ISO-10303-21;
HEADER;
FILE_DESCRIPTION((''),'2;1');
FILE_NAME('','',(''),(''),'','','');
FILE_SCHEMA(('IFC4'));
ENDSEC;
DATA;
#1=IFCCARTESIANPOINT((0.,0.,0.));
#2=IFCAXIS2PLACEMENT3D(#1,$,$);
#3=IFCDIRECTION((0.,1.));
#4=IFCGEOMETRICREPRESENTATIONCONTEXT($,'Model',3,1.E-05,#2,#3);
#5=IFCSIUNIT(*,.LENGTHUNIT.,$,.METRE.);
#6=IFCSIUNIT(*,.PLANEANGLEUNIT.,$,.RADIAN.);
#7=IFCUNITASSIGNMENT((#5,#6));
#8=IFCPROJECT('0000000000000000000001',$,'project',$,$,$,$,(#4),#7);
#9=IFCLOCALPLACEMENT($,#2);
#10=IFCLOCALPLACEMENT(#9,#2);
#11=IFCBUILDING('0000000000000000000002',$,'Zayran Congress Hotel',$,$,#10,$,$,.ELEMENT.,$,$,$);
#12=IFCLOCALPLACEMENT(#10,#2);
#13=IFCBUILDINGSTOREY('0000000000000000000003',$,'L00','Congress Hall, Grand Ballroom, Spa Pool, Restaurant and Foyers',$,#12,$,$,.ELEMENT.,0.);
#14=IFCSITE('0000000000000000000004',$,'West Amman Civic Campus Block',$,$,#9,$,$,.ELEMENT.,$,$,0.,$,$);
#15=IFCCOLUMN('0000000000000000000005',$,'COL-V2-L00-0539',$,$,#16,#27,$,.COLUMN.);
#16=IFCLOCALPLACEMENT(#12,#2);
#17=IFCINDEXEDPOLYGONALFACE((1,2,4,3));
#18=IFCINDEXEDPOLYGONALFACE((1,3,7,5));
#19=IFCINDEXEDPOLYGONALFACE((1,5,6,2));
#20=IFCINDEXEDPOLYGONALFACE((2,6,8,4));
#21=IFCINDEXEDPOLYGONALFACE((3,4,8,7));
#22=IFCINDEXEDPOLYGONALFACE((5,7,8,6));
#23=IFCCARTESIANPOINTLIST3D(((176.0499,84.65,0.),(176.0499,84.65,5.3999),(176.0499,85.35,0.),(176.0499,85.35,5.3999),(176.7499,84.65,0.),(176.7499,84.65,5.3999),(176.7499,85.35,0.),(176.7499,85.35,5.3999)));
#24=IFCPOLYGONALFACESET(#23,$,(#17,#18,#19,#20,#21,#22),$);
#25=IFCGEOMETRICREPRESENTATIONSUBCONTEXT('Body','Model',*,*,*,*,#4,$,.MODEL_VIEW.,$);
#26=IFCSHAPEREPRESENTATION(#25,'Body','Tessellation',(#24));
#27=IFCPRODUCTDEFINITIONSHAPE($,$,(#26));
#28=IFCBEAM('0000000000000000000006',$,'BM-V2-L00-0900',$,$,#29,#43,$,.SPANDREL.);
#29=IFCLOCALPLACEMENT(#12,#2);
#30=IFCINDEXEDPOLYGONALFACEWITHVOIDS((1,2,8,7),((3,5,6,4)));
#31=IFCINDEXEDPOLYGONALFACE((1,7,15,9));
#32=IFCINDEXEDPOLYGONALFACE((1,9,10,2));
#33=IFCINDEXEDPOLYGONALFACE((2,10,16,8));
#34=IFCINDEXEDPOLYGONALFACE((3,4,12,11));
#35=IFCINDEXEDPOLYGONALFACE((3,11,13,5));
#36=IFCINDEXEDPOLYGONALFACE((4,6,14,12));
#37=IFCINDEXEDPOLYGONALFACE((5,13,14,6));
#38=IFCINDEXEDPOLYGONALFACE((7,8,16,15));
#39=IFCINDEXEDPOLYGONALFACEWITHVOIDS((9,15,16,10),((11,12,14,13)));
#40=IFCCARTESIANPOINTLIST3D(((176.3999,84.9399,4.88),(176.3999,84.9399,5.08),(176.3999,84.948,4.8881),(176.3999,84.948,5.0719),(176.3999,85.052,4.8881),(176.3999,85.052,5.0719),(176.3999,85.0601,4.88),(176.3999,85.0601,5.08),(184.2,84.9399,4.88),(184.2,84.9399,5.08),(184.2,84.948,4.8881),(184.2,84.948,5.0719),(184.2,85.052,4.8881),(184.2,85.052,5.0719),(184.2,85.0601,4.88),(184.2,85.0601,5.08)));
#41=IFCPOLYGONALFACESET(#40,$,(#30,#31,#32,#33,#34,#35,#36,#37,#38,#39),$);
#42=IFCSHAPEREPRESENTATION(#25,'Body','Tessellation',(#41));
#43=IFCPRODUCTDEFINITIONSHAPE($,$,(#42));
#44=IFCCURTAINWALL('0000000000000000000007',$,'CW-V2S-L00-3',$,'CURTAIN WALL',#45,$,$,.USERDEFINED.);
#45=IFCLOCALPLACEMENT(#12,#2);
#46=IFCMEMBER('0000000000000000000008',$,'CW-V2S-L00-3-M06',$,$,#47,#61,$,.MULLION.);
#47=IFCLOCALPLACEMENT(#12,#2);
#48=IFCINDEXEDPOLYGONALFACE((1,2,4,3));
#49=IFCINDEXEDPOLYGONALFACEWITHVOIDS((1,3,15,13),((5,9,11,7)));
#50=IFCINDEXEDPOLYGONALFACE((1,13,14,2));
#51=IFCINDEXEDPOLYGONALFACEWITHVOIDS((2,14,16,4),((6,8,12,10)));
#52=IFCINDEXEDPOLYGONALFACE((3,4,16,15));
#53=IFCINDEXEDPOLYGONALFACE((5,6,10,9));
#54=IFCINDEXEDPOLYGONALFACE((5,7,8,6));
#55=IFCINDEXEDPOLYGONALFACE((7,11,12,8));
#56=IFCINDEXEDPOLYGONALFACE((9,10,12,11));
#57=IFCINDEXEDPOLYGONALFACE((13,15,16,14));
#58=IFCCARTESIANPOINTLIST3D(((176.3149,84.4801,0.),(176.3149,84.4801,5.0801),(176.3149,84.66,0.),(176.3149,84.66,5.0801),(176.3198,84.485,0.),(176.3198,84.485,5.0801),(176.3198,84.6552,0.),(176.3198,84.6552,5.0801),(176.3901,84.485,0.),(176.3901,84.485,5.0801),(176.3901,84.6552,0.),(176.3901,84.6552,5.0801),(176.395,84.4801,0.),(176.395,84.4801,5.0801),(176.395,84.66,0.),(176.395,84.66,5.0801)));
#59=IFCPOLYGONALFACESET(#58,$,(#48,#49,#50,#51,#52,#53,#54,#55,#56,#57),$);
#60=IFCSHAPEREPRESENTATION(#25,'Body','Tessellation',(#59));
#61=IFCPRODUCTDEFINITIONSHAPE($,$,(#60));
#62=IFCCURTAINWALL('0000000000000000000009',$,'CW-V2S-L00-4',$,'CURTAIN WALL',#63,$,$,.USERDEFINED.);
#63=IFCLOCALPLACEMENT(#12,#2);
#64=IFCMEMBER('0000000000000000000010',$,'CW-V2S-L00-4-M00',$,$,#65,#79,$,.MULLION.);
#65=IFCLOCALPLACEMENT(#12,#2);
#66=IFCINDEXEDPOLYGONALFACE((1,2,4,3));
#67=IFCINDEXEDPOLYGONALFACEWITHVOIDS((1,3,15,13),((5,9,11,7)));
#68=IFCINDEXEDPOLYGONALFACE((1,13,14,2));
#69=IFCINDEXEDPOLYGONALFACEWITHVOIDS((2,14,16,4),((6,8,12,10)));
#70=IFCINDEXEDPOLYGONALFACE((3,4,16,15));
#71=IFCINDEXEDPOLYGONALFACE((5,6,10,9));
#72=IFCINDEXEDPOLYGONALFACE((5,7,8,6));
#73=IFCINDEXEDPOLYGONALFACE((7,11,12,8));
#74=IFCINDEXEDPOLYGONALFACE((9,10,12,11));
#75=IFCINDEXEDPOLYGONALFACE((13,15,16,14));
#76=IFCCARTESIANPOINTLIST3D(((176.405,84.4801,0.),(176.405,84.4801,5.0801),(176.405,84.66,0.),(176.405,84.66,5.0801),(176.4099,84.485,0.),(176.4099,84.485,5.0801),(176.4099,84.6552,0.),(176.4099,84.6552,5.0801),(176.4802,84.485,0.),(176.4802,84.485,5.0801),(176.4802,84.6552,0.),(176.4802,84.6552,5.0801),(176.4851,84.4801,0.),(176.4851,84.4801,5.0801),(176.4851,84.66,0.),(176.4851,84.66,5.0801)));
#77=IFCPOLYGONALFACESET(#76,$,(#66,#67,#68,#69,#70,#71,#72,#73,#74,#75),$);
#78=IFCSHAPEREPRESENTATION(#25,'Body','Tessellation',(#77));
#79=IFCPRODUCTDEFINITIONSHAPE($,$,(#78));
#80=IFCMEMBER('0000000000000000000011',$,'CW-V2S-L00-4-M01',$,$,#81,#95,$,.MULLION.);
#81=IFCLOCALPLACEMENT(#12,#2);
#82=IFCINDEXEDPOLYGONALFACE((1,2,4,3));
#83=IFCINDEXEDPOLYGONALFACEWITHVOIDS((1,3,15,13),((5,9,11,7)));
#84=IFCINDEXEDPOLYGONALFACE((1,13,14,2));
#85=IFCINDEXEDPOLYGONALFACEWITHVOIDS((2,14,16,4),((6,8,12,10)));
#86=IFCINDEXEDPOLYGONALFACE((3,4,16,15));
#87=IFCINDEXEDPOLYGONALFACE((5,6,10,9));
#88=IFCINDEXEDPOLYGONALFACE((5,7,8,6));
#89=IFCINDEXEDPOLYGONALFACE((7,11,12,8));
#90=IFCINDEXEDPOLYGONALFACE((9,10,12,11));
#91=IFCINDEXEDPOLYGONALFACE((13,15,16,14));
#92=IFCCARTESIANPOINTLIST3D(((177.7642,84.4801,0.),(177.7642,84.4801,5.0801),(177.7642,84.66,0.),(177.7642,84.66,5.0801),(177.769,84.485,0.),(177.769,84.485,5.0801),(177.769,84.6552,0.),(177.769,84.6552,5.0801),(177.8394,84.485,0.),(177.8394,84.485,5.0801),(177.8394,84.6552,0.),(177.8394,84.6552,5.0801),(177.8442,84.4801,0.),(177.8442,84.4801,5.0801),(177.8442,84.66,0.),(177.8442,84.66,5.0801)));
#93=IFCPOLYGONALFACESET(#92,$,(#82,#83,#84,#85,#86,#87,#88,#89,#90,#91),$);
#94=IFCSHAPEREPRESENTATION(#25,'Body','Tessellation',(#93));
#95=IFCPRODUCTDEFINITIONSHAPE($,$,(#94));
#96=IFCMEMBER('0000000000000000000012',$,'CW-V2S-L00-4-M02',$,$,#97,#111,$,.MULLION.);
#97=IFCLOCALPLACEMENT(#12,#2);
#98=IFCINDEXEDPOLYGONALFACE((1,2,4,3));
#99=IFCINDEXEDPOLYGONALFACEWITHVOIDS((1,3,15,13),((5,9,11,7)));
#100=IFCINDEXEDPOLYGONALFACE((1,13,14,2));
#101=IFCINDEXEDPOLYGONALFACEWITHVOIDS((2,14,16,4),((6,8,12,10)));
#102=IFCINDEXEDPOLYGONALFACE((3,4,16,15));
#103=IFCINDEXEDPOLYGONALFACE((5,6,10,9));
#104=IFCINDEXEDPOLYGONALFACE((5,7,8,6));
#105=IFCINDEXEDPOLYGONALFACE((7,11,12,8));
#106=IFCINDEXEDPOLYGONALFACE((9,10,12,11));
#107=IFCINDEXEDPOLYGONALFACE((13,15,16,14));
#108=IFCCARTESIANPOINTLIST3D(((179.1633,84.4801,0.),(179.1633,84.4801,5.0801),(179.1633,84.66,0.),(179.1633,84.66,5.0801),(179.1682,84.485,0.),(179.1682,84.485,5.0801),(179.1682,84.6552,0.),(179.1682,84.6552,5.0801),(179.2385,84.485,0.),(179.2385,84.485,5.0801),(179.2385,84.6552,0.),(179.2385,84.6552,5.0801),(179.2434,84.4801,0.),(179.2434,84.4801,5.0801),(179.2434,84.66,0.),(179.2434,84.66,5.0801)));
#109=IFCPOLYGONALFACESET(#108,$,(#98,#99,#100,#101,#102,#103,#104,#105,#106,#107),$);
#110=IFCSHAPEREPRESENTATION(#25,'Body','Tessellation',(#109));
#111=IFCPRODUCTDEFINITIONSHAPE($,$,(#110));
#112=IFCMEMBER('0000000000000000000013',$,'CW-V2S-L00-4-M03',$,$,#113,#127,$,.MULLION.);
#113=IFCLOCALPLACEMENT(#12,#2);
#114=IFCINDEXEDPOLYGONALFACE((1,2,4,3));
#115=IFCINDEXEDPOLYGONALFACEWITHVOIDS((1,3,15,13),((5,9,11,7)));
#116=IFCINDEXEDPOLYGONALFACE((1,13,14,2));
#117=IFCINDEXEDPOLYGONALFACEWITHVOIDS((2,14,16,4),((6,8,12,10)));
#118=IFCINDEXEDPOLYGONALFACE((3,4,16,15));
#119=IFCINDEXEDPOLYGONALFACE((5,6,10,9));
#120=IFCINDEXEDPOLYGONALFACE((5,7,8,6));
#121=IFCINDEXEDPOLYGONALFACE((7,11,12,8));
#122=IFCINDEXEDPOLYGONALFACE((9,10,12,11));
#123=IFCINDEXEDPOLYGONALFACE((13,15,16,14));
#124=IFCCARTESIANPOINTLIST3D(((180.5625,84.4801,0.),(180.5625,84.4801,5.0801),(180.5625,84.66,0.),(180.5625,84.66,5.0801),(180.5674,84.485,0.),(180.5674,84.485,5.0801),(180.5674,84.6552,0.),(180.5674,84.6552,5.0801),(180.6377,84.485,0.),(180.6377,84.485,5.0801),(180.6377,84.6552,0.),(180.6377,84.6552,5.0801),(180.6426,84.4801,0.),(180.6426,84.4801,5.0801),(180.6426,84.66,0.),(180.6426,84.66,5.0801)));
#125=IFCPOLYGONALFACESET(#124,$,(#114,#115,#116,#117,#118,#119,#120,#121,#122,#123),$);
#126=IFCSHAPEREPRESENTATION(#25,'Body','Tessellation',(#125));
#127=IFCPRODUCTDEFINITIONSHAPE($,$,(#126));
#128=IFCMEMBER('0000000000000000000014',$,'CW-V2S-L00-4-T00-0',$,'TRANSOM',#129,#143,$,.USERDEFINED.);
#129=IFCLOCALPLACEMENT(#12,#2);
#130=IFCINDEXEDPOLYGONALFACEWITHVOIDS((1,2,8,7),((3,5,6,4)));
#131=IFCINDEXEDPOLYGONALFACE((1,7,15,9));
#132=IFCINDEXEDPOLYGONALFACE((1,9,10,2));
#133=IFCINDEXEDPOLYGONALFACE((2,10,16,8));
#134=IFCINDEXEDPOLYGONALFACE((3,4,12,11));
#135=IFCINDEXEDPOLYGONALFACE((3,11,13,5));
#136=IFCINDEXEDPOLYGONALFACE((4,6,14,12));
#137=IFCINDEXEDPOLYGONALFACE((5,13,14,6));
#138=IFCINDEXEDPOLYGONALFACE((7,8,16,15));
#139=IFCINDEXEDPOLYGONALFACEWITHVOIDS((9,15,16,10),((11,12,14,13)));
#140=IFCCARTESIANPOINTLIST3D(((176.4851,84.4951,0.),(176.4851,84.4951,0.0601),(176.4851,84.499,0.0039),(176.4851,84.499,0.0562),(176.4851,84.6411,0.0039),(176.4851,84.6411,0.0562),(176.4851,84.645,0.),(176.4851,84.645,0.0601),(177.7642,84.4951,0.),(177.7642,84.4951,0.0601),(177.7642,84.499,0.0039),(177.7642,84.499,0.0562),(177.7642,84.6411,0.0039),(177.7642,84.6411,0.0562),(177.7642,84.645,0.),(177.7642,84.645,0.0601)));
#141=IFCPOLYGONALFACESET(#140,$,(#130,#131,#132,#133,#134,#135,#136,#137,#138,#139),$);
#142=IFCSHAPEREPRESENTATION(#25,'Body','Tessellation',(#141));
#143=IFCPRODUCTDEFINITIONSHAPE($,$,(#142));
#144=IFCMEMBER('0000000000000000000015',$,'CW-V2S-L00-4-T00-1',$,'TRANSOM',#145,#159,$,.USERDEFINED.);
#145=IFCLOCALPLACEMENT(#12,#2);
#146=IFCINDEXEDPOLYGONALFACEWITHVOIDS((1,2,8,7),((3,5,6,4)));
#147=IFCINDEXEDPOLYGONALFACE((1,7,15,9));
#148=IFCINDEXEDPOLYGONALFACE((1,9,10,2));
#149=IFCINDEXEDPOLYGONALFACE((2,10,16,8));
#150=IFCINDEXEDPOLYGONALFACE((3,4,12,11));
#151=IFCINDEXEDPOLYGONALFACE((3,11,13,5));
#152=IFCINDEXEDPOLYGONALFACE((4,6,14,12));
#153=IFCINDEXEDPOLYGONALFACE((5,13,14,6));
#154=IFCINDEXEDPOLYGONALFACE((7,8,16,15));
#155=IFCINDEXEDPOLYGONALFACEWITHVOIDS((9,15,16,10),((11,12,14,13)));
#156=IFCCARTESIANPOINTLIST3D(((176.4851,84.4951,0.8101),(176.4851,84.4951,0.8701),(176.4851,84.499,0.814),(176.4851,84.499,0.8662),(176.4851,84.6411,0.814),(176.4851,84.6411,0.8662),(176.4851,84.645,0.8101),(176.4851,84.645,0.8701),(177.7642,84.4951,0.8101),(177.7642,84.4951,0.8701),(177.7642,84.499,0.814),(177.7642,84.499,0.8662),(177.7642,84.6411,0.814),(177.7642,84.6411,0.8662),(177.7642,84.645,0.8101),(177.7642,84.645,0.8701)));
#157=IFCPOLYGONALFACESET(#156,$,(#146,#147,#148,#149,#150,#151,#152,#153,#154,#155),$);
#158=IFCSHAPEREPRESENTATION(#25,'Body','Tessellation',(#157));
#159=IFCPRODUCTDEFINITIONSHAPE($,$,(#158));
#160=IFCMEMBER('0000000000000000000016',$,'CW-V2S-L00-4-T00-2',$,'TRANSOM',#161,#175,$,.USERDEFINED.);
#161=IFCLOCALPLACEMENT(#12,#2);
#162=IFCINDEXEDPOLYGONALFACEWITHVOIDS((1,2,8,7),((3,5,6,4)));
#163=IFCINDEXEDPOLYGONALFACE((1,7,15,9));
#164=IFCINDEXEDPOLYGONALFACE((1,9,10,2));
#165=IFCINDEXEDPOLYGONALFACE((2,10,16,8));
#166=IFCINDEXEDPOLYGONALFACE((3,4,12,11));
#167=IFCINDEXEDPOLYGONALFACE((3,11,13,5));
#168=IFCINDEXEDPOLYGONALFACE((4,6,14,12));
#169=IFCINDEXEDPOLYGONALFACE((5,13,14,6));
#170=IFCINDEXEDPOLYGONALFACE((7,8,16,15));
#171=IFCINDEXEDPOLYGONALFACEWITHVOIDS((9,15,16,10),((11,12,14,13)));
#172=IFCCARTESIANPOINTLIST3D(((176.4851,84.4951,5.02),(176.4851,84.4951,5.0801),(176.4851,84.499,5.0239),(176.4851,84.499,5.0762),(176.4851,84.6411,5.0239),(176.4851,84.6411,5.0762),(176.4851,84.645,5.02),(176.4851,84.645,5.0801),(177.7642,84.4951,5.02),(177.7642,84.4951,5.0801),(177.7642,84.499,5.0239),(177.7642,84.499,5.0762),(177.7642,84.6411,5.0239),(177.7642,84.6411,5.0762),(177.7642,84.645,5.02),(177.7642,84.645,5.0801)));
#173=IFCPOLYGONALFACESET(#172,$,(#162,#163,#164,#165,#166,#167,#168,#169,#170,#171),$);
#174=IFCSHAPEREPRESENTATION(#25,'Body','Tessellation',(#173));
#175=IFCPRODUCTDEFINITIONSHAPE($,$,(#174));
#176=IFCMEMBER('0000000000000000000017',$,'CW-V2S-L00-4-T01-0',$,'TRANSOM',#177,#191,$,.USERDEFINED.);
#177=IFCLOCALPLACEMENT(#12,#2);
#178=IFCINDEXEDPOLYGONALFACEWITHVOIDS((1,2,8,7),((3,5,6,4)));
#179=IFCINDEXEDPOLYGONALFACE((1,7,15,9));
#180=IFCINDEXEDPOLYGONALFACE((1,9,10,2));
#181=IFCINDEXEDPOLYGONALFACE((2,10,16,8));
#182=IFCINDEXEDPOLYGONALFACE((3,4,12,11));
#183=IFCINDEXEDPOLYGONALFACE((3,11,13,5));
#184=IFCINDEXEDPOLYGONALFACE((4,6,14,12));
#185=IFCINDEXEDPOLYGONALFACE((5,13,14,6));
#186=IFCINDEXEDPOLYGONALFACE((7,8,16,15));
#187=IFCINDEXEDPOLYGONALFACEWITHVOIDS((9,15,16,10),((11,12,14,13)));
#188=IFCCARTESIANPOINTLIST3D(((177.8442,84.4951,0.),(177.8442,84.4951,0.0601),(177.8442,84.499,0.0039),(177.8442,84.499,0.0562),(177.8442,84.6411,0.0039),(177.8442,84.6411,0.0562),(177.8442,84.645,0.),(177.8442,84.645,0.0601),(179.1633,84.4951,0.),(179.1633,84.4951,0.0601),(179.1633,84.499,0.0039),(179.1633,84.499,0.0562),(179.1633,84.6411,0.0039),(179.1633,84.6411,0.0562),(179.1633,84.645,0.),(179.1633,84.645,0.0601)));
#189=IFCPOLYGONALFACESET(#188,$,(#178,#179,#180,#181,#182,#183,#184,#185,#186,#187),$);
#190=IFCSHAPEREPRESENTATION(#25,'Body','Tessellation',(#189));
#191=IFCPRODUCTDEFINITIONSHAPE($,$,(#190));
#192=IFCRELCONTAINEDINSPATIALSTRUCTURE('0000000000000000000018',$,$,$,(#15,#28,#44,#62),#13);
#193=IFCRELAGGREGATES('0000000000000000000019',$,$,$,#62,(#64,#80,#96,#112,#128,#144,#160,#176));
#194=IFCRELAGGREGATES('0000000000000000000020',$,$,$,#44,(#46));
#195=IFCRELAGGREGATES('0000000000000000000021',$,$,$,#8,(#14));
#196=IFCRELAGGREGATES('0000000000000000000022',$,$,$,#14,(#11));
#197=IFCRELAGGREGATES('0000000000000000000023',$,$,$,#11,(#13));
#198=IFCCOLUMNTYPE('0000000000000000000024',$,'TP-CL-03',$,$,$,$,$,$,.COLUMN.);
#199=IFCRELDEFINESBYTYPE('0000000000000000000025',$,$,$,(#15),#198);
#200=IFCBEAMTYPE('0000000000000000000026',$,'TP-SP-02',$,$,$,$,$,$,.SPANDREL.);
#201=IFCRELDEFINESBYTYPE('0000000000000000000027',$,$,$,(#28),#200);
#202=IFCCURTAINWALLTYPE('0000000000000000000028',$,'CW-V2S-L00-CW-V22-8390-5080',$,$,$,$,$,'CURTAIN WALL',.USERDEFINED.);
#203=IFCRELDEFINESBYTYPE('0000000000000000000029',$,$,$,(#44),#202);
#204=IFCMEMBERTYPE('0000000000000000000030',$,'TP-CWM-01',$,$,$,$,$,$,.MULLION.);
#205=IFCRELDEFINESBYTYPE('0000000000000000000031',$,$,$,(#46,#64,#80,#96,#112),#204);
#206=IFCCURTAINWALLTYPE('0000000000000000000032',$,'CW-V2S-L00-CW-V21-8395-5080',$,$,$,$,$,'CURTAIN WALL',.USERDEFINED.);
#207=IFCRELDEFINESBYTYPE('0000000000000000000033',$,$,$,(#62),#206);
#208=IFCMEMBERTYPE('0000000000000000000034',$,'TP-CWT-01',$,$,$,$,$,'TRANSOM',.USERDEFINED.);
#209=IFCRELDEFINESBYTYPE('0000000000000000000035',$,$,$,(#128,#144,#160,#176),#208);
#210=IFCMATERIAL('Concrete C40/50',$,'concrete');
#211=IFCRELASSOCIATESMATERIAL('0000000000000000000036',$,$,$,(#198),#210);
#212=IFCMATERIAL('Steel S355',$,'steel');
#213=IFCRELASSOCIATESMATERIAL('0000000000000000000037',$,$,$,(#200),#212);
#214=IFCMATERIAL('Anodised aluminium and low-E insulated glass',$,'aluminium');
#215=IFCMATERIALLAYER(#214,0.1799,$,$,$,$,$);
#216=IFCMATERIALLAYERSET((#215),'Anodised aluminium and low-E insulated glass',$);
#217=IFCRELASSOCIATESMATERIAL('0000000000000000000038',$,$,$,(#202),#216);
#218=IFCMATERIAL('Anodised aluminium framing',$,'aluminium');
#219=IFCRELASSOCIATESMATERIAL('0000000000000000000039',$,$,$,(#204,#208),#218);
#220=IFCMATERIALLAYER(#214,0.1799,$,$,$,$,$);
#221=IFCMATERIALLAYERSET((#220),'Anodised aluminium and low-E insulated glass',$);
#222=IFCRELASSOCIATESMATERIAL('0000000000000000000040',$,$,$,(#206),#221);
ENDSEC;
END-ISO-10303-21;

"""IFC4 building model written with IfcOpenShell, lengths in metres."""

from ifc_helpers import new_model, si_unit, direction, frame, origin, origin_2d, place, context, subcontext, project, spatial, rectangle, hollow_rectangle, extrude, material, layer, layer_set, material_profile, profile_set, type_object, element, aggregate, save


model = new_model("IFC4")

# Units and contexts
model_context = context("Model", 3, precision=1e-05, world=origin(), true_north=direction((0.0, 1.0)))
body_context = subcontext(model_context, "Body", "Model", "MODEL_VIEW")
ifc_project = project(units=[si_unit("LENGTHUNIT", "METRE"), si_unit("PLANEANGLEUNIT", "RADIAN")], contexts=[model_context])

# Site, building, storey
site_placement = place(None, origin())
site = spatial("IfcSite", under=ifc_project, at=site_placement, Name="West Amman Civic Campus Block", CompositionType="ELEMENT", RefElevation=0.0)
building_placement = place(site_placement, origin())
building = spatial("IfcBuilding", under=site, at=building_placement, Name="Zayran Congress Hotel", CompositionType="ELEMENT")
storey_placement = place(building_placement, origin())
storey = spatial("IfcBuildingStorey", under=building, at=storey_placement, Name="L00", Description="Congress Hall, Grand Ballroom, Spa Pool, Restaurant and Foyers", CompositionType="ELEMENT", Elevation=0.0)

# Column
ifc_material_1 = material(Name="Concrete C40/50", Category="concrete")
ifc_material_profile_1 = material_profile(ifc_material_1, rectangle(XDim=0.7, YDim=0.7, at=origin_2d()), Name="RC 700x700")
ifc_profile_set_1 = profile_set([ifc_material_profile_1], Name="Concrete C40/50")
column_type = type_object("IfcColumnType", Name="TP-CL-03", PredefinedType="COLUMN", material=ifc_profile_set_1)
column_placement = place(storey_placement, frame((176.3999, 85.0, 0.0), z_axis=(0.0, 0.0, 1.0), x_axis=(1.0, 0.0, 0.0)))
element("IfcColumn", 1, at=column_placement, inside=storey, type_object=column_type, Name="COL-V2-L00-0539", PredefinedType="COLUMN", context=body_context, shape_type="SweptSolid", body=[
    extrude(rectangle(XDim=0.7, YDim=0.7, at=origin_2d()), origin(), (0.0, 0.0, 1.0), 5.3999),
])

# Beam
ifc_material_2 = material(Name="Steel S355", Category="steel")
ifc_material_profile_2 = material_profile(ifc_material_2, hollow_rectangle(XDim=0.1201, YDim=0.2, WallThickness=0.0081, at=origin_2d()), Name="RHS 200x120x8")
ifc_profile_set_2 = profile_set([ifc_material_profile_2], Name="Steel S355")
beam_type = type_object("IfcBeamType", Name="TP-SP-02", PredefinedType="SPANDREL", material=ifc_profile_set_2)
beam_placement = place(storey_placement, frame((176.3999, 85.0, 4.98), z_axis=(1.0, 0.0, 0.0), x_axis=(0.0, 1.0, 0.0)))
element("IfcBeam", 2, at=beam_placement, inside=storey, type_object=beam_type, Name="BM-V2-L00-0900", PredefinedType="SPANDREL", context=body_context, shape_type="SweptSolid", body=[
    extrude(hollow_rectangle(XDim=0.1201, YDim=0.2, WallThickness=0.0081, at=origin_2d()), origin(), (0.0, 0.0, 1.0), 7.8),
])

# Curtain wall, member
ifc_material_3 = material(Name="Anodised aluminium and low-E insulated glass", Category="aluminium")
ifc_layer_1 = layer(ifc_material_3, 0.1799)
ifc_layer_set_1 = layer_set([ifc_layer_1], Name="Anodised aluminium and low-E insulated glass")
curtain_wall_type_1 = type_object("IfcCurtainWallType", Name="CW-V2S-L00-CW-V22-8390-5080", ElementType="CURTAIN WALL", PredefinedType="USERDEFINED", material=ifc_layer_set_1)
curtain_wall_1_placement = place(storey_placement, origin())
curtain_wall_1 = element("IfcCurtainWall", 3, at=curtain_wall_1_placement, inside=storey, type_object=curtain_wall_type_1, Name="CW-V2S-L00-3", ObjectType="CURTAIN WALL", PredefinedType="USERDEFINED")
ifc_material_4 = material(Name="Anodised aluminium framing", Category="aluminium")
ifc_material_profile_3 = material_profile(ifc_material_4, hollow_rectangle(XDim=0.0801, YDim=0.1799, WallThickness=0.0049, at=origin_2d()), Name="RHS 180x80x5")
ifc_profile_set_3 = profile_set([ifc_material_profile_3], Name="Anodised aluminium framing")
member_type_1 = type_object("IfcMemberType", Name="TP-CWM-01", PredefinedType="MULLION", material=ifc_profile_set_3)
member_1_placement = place(storey_placement, frame((176.355, 84.5701, 0.0), z_axis=(0.0, 0.0, 1.0), x_axis=(1.0, 0.0, 0.0)))
member_1 = element("IfcMember", 4, at=member_1_placement, type_object=member_type_1, Name="CW-V2S-L00-3-M06", PredefinedType="MULLION", context=body_context, shape_type="SweptSolid", body=[
    extrude(hollow_rectangle(XDim=0.0801, YDim=0.1799, WallThickness=0.0049, at=origin_2d()), origin(), (0.0, 0.0, 1.0), 5.0801),
])

# Curtain wall, members
ifc_layer_2 = layer(ifc_material_3, 0.1799)
ifc_layer_set_2 = layer_set([ifc_layer_2], Name="Anodised aluminium and low-E insulated glass")
curtain_wall_type_2 = type_object("IfcCurtainWallType", Name="CW-V2S-L00-CW-V21-8395-5080", ElementType="CURTAIN WALL", PredefinedType="USERDEFINED", material=ifc_layer_set_2)
curtain_wall_2_placement = place(storey_placement, origin())
curtain_wall_2 = element("IfcCurtainWall", 5, at=curtain_wall_2_placement, inside=storey, type_object=curtain_wall_type_2, Name="CW-V2S-L00-4", ObjectType="CURTAIN WALL", PredefinedType="USERDEFINED")
member_2_placement = place(storey_placement, frame((176.4451, 84.5701, 0.0), z_axis=(0.0, 0.0, 1.0), x_axis=(1.0, 0.0, 0.0)))
member_2 = element("IfcMember", 6, at=member_2_placement, type_object=member_type_1, Name="CW-V2S-L00-4-M00", PredefinedType="MULLION", context=body_context, shape_type="SweptSolid", body=[
    extrude(hollow_rectangle(XDim=0.0801, YDim=0.1799, WallThickness=0.0049, at=origin_2d()), origin(), (0.0, 0.0, 1.0), 5.0801),
])
member_3_placement = place(storey_placement, frame((177.8042, 84.5701, 0.0), z_axis=(0.0, 0.0, 1.0), x_axis=(1.0, 0.0, 0.0)))
member_3 = element("IfcMember", 7, at=member_3_placement, type_object=member_type_1, Name="CW-V2S-L00-4-M01", PredefinedType="MULLION", context=body_context, shape_type="SweptSolid", body=[
    extrude(hollow_rectangle(XDim=0.0801, YDim=0.1799, WallThickness=0.0049, at=origin_2d()), origin(), (0.0, 0.0, 1.0), 5.0801),
])
member_4_placement = place(storey_placement, frame((179.2034, 84.5701, 0.0), z_axis=(0.0, 0.0, 1.0), x_axis=(1.0, 0.0, 0.0)))
member_4 = element("IfcMember", 8, at=member_4_placement, type_object=member_type_1, Name="CW-V2S-L00-4-M02", PredefinedType="MULLION", context=body_context, shape_type="SweptSolid", body=[
    extrude(hollow_rectangle(XDim=0.0801, YDim=0.1799, WallThickness=0.0049, at=origin_2d()), origin(), (0.0, 0.0, 1.0), 5.0801),
])
member_5_placement = place(storey_placement, frame((180.6025, 84.5701, 0.0), z_axis=(0.0, 0.0, 1.0), x_axis=(1.0, 0.0, 0.0)))
member_5 = element("IfcMember", 9, at=member_5_placement, type_object=member_type_1, Name="CW-V2S-L00-4-M03", PredefinedType="MULLION", context=body_context, shape_type="SweptSolid", body=[
    extrude(hollow_rectangle(XDim=0.0801, YDim=0.1799, WallThickness=0.0049, at=origin_2d()), origin(), (0.0, 0.0, 1.0), 5.0801),
])
ifc_material_profile_4 = material_profile(ifc_material_4, hollow_rectangle(XDim=0.0601, YDim=0.1499, WallThickness=0.0039, at=origin_2d()), Name="RHS 150x60x4")
ifc_profile_set_4 = profile_set([ifc_material_profile_4], Name="Anodised aluminium framing")
member_type_2 = type_object("IfcMemberType", Name="TP-CWT-01", ElementType="TRANSOM", PredefinedType="USERDEFINED", material=ifc_profile_set_4)
member_6_placement = place(storey_placement, frame((176.4851, 84.5701, 0.03), z_axis=(1.0, 0.0, 0.0), x_axis=(0.0, 0.0, 1.0)))
member_6 = element("IfcMember", 10, at=member_6_placement, type_object=member_type_2, Name="CW-V2S-L00-4-T00-0", ObjectType="TRANSOM", PredefinedType="USERDEFINED", context=body_context, shape_type="SweptSolid", body=[
    extrude(hollow_rectangle(XDim=0.0601, YDim=0.1499, WallThickness=0.0039, at=origin_2d()), origin(), (0.0, 0.0, 1.0), 1.2791),
])
member_7_placement = place(storey_placement, frame((176.4851, 84.5701, 0.8401), z_axis=(1.0, 0.0, 0.0), x_axis=(0.0, 0.0, 1.0)))
member_7 = element("IfcMember", 11, at=member_7_placement, type_object=member_type_2, Name="CW-V2S-L00-4-T00-1", ObjectType="TRANSOM", PredefinedType="USERDEFINED", context=body_context, shape_type="SweptSolid", body=[
    extrude(hollow_rectangle(XDim=0.0601, YDim=0.1499, WallThickness=0.0039, at=origin_2d()), origin(), (0.0, 0.0, 1.0), 1.2791),
])
member_8_placement = place(storey_placement, frame((176.4851, 84.5701, 5.05), z_axis=(1.0, 0.0, 0.0), x_axis=(0.0, 0.0, 1.0)))
member_8 = element("IfcMember", 12, at=member_8_placement, type_object=member_type_2, Name="CW-V2S-L00-4-T00-2", ObjectType="TRANSOM", PredefinedType="USERDEFINED", context=body_context, shape_type="SweptSolid", body=[
    extrude(hollow_rectangle(XDim=0.0601, YDim=0.1499, WallThickness=0.0039, at=origin_2d()), origin(), (0.0, 0.0, 1.0), 1.2791),
])
member_9_placement = place(storey_placement, frame((177.8442, 84.5701, 0.03), z_axis=(1.0, 0.0, 0.0), x_axis=(0.0, 0.0, 1.0)))
member_9 = element("IfcMember", 13, at=member_9_placement, type_object=member_type_2, Name="CW-V2S-L00-4-T01-0", ObjectType="TRANSOM", PredefinedType="USERDEFINED", context=body_context, shape_type="SweptSolid", body=[
    extrude(hollow_rectangle(XDim=0.0601, YDim=0.1499, WallThickness=0.0039, at=origin_2d()), origin(), (0.0, 0.0, 1.0), 1.3191),
])
aggregate(curtain_wall_2, [member_2, member_3, member_4, member_5, member_6, member_7, member_8, member_9])

aggregate(curtain_wall_1, [member_1])

save(model, "model.ifc")
